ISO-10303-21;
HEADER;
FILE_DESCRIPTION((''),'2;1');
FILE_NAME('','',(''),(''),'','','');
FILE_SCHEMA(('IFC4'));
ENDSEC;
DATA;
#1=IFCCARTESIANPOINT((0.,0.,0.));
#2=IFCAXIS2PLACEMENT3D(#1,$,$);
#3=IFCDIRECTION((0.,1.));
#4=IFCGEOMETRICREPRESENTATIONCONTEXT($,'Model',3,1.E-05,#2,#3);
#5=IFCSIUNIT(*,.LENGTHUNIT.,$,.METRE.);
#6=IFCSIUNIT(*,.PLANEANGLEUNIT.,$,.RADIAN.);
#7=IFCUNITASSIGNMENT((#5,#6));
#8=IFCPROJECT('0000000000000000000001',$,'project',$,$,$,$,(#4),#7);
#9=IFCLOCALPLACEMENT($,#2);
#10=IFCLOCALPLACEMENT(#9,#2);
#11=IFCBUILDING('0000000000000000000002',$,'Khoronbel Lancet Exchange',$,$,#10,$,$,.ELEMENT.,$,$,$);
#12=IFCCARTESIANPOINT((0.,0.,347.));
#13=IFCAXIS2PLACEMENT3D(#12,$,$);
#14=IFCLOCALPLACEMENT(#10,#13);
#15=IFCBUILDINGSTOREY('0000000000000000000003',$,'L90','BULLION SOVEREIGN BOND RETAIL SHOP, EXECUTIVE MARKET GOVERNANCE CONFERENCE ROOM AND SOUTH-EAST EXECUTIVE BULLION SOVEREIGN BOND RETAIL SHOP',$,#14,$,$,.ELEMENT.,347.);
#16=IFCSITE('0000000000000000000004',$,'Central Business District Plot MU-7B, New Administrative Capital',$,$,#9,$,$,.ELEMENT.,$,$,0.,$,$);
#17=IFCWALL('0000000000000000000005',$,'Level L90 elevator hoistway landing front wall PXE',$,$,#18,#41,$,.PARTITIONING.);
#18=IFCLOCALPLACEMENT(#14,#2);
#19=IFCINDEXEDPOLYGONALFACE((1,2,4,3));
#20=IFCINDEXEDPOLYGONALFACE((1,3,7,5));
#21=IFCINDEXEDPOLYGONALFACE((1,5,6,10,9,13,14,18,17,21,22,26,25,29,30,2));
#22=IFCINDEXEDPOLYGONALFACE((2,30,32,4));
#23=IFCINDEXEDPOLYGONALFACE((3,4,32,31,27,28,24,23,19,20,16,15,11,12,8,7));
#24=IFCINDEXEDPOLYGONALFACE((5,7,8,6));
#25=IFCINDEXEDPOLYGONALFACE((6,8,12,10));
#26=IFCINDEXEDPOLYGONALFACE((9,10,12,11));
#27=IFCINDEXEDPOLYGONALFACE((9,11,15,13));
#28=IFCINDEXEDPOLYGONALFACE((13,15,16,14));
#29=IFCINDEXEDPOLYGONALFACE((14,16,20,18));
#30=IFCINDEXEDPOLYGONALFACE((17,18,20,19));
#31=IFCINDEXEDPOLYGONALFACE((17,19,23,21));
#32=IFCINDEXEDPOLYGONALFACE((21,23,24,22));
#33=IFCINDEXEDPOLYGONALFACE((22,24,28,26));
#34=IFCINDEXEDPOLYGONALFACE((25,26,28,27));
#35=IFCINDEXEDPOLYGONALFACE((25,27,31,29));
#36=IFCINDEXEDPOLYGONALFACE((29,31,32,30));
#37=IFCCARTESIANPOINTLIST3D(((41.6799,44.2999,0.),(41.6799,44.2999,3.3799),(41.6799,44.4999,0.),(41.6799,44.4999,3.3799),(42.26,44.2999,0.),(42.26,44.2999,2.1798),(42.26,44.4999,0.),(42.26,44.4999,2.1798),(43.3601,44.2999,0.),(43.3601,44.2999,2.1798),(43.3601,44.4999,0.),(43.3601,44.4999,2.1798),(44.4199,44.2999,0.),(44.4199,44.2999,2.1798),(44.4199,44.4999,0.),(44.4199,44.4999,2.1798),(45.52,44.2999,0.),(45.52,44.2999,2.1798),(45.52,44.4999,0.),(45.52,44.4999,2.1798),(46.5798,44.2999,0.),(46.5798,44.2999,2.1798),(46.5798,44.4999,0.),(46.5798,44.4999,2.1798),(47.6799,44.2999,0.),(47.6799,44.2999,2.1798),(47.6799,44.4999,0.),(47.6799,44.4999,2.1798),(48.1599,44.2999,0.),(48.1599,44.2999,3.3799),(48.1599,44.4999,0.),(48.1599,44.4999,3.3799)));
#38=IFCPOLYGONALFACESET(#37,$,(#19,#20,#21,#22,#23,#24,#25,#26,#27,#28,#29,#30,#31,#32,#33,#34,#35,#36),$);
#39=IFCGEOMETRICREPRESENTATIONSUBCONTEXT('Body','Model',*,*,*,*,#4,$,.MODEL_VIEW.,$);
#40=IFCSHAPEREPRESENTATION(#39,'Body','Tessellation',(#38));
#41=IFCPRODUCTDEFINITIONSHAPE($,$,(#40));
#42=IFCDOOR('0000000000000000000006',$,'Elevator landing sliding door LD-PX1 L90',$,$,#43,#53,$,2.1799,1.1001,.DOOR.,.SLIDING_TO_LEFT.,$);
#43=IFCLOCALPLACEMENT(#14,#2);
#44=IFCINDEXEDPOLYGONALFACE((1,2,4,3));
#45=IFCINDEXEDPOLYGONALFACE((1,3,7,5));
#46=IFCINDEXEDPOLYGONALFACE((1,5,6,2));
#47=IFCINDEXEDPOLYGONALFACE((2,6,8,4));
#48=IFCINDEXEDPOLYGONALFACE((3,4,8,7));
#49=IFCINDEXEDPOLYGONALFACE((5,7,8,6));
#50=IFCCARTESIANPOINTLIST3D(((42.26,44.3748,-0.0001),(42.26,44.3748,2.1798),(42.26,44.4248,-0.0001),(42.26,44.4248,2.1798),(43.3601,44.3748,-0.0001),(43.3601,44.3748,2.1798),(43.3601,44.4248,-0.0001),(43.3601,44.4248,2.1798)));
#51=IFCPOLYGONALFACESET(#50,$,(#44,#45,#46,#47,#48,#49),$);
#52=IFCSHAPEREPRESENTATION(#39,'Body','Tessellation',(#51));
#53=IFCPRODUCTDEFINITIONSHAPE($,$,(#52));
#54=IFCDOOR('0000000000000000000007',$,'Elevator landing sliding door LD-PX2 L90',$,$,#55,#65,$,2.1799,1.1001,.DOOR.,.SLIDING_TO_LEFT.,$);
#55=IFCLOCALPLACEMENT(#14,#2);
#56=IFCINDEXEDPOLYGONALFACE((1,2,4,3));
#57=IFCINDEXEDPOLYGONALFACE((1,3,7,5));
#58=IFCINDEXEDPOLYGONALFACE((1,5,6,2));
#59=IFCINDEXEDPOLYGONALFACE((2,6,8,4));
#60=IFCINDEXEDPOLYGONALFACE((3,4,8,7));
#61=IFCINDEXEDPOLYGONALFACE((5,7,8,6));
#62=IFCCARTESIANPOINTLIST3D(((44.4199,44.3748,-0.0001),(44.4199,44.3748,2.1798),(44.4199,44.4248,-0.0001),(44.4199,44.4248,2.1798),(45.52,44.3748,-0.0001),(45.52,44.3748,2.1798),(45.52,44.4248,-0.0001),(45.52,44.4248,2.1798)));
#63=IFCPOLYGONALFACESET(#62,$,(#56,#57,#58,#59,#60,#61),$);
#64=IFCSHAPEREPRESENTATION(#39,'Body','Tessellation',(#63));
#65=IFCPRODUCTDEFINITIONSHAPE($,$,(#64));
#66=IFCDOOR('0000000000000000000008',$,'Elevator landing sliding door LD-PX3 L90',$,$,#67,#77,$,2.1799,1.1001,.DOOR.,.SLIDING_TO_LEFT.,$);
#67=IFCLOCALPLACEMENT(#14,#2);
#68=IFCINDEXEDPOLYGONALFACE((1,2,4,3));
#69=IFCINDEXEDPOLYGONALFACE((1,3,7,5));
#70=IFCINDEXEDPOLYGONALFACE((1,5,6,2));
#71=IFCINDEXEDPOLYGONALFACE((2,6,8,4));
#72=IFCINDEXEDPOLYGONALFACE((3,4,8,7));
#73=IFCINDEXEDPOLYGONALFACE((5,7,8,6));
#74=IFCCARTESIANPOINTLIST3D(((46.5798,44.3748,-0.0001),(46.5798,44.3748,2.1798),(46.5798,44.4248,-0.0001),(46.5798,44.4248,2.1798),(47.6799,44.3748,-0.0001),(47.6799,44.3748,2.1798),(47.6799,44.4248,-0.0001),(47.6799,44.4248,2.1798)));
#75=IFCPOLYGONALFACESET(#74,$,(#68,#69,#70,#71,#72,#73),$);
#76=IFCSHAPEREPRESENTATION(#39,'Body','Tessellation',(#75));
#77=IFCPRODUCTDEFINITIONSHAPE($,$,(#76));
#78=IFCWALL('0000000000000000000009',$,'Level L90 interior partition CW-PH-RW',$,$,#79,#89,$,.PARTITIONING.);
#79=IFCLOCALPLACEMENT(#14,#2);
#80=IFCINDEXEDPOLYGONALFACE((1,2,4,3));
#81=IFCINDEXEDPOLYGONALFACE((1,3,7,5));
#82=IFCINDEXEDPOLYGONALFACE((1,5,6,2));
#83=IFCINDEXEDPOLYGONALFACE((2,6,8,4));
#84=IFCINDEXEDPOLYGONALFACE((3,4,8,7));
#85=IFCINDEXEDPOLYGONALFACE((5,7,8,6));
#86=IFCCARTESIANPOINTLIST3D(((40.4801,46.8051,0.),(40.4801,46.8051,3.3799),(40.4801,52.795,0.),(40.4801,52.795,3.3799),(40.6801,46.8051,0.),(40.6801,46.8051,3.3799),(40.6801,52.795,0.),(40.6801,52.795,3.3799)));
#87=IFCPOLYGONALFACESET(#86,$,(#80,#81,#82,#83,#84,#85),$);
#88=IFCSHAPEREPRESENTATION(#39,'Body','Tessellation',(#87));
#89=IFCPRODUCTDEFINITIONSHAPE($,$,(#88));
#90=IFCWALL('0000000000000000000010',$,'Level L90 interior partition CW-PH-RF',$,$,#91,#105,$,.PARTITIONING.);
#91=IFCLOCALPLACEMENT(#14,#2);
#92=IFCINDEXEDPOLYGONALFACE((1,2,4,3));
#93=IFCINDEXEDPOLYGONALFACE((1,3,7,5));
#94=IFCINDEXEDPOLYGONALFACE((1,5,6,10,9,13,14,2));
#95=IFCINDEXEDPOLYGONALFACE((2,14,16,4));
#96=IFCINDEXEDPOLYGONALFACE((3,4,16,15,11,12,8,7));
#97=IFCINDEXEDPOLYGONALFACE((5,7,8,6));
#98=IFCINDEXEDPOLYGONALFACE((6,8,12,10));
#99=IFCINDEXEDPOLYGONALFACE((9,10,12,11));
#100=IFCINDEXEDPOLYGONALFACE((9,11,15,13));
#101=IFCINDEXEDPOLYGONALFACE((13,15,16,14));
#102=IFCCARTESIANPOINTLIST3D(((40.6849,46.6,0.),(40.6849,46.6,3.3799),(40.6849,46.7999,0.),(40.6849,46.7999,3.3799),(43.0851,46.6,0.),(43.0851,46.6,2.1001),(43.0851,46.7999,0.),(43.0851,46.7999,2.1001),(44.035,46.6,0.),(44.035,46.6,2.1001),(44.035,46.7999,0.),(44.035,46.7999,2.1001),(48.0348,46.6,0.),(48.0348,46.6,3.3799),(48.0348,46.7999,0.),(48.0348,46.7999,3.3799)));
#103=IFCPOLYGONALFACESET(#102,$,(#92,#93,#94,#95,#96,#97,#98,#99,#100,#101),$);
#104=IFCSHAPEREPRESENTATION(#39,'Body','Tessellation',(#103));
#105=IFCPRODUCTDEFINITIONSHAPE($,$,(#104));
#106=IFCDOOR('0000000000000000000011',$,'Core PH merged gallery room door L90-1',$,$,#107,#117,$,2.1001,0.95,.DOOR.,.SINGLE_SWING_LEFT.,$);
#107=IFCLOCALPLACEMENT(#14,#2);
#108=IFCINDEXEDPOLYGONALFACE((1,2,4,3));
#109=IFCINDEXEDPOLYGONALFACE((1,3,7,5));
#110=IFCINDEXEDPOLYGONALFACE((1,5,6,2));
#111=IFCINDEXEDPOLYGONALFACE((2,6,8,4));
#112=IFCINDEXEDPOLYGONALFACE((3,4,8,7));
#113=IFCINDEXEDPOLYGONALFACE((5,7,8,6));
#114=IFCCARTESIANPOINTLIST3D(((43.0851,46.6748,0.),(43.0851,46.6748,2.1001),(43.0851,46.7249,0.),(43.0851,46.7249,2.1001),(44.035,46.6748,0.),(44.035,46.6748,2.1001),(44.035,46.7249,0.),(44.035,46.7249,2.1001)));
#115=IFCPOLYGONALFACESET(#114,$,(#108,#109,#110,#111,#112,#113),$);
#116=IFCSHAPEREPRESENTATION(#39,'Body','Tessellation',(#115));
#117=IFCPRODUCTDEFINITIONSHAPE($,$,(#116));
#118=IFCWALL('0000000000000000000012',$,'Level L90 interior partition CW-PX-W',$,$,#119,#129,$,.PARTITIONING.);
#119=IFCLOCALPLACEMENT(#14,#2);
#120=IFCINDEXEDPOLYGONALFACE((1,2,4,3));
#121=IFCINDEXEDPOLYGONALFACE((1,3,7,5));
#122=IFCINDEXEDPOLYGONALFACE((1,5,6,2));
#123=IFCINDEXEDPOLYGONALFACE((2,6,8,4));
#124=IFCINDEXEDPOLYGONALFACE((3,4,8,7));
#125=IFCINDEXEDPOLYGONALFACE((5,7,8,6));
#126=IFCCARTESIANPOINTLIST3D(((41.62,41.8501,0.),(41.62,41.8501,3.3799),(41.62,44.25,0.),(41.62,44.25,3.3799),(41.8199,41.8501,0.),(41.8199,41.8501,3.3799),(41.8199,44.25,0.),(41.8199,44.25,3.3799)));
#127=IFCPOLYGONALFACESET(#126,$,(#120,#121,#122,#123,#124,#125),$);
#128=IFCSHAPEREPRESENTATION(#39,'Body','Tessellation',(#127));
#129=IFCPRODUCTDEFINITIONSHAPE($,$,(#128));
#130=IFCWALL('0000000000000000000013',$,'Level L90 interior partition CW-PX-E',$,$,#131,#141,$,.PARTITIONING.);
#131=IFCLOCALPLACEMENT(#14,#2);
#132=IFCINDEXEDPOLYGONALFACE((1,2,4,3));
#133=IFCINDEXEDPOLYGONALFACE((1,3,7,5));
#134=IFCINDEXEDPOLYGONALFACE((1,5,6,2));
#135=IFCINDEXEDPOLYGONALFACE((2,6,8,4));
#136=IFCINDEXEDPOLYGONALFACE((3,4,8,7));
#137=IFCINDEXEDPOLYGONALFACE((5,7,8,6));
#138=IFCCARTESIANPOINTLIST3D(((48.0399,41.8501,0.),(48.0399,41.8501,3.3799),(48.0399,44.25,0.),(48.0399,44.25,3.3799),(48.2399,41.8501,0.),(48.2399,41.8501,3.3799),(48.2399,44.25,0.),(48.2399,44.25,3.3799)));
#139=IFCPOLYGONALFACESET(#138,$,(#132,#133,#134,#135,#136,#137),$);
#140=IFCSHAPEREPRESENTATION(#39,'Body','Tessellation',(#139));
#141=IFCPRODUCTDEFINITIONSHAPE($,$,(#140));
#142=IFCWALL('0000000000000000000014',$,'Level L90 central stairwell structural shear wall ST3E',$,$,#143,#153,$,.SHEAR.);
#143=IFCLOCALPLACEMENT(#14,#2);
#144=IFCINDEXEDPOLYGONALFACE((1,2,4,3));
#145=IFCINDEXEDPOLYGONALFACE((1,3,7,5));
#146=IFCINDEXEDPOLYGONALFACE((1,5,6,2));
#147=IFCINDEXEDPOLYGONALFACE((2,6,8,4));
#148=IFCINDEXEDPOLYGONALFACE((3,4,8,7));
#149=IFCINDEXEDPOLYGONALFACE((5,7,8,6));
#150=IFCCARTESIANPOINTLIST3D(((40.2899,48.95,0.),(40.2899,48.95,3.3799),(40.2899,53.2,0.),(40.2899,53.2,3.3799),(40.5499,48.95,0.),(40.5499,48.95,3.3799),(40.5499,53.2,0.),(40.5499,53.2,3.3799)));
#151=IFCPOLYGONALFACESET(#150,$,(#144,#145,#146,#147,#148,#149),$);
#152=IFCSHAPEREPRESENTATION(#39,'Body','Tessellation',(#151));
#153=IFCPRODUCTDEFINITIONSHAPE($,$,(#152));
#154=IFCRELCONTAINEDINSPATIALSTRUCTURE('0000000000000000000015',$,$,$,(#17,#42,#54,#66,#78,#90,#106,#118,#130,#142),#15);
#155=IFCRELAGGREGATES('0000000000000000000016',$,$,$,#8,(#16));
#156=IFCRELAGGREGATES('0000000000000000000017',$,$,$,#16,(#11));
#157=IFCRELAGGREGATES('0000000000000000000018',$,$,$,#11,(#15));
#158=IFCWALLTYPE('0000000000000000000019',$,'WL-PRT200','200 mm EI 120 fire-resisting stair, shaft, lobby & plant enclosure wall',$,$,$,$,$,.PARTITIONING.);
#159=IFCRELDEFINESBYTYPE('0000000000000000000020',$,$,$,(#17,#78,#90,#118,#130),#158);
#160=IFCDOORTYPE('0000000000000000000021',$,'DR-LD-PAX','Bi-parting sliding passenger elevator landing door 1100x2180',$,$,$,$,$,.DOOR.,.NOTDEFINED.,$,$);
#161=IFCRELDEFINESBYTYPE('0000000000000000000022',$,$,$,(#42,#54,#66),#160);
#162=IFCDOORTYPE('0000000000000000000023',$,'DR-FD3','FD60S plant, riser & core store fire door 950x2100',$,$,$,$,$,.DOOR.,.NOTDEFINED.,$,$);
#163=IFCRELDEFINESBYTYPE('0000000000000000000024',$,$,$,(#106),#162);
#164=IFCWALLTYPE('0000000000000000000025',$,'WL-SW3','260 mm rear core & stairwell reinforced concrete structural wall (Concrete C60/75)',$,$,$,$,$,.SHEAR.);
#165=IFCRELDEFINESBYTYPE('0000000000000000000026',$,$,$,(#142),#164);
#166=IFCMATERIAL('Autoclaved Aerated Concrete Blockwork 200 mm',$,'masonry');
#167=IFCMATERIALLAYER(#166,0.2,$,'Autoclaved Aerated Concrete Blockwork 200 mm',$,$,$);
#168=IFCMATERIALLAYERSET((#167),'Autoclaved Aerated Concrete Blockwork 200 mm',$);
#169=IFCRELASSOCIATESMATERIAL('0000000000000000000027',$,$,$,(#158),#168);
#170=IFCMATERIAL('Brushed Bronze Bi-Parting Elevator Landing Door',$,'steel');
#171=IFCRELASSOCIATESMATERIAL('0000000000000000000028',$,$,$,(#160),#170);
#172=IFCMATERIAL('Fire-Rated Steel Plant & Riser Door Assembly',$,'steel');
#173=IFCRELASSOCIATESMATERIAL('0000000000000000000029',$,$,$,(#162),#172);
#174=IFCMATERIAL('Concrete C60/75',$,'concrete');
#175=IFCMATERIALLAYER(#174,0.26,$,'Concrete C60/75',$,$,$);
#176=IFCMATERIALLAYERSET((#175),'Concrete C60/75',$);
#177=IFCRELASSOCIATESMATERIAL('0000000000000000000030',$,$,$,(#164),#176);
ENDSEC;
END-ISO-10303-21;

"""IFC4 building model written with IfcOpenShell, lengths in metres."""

from ifc_helpers import new_model, si_unit, direction, frame, frame_2d, origin, place, context, subcontext, project, spatial, rectangle, extrude, material, layer, layer_set, type_object, element, fill, save


model = new_model("IFC4")

# Units and contexts
model_context = context("Model", 3, precision=1e-05, world=origin(), true_north=direction((0.0, 1.0)))
body_context = subcontext(model_context, "Body", "Model", "MODEL_VIEW")
ifc_project = project(units=[si_unit("LENGTHUNIT", "METRE"), si_unit("PLANEANGLEUNIT", "RADIAN")], contexts=[model_context])

# Site, building, storey
site_placement = place(None, origin())
site = spatial("IfcSite", under=ifc_project, at=site_placement, Name="Central Business District Plot MU-7B, New Administrative Capital", CompositionType="ELEMENT", RefElevation=0.0)
building_placement = place(site_placement, origin())
building = spatial("IfcBuilding", under=site, at=building_placement, Name="Khoronbel Lancet Exchange", CompositionType="ELEMENT")
storey_placement = place(building_placement, frame((0.0, 0.0, 347.0)))
storey = spatial("IfcBuildingStorey", under=building, at=storey_placement, Name="L90", Description="BULLION SOVEREIGN BOND RETAIL SHOP, EXECUTIVE MARKET GOVERNANCE CONFERENCE ROOM AND SOUTH-EAST EXECUTIVE BULLION SOVEREIGN BOND RETAIL SHOP", CompositionType="ELEMENT", Elevation=347.0)

# Shared definitions
ifc_material_1 = material(Name="Concrete C60/75", Category="concrete")

# Wall, openings, doors
ifc_material_2 = material(Name="Autoclaved Aerated Concrete Blockwork 200 mm", Category="masonry")
ifc_layer_1 = layer(ifc_material_2, 0.2, Name="Autoclaved Aerated Concrete Blockwork 200 mm")
ifc_layer_set_1 = layer_set([ifc_layer_1], Name="Autoclaved Aerated Concrete Blockwork 200 mm")
wall_type_1 = type_object("IfcWallType", Name="WL-PRT200", Description="200 mm EI 120 fire-resisting stair, shaft, lobby & plant enclosure wall", PredefinedType="PARTITIONING", material=ifc_layer_set_1)
wall_1_placement = place(storey_placement, frame((41.6799, 44.3999, 0.0), z_axis=(0.0, 0.0, 1.0), x_axis=(1.0, 0.0, 0.0)))
wall_1 = element("IfcWall", 1, at=wall_1_placement, inside=storey, type_object=wall_type_1, Name="Level L90 elevator hoistway landing front wall PXE", PredefinedType="PARTITIONING", context=body_context, shape_type="SweptSolid", body=[
    extrude(rectangle(XDim=6.48, YDim=0.2, at=frame_2d((3.24, 0.0))), origin(), (0.0, 0.0, 1.0), 3.3799),
])
opening_1_placement = place(wall_1_placement, frame((0.5801, 0.0, 0.0)))
opening_1 = element("IfcOpeningElement", 2, at=opening_1_placement, cuts=wall_1, PredefinedType="OPENING", context=body_context, shape_type="SweptSolid", body=[
    extrude(rectangle(XDim=1.1001, YDim=2.1799, at=frame_2d((0.55, 1.0898))), frame((0.0, 0.1099, 0.0), z_axis=(0.0, -1.0, 0.0), x_axis=(1.0, 0.0, 0.0)), (0.0, 0.0, 1.0), 0.22),
])
opening_2_placement = place(wall_1_placement, frame((2.74, 0.0, 0.0)))
opening_2 = element("IfcOpeningElement", 3, at=opening_2_placement, cuts=wall_1, PredefinedType="OPENING", context=body_context, shape_type="SweptSolid", body=[
    extrude(rectangle(XDim=1.1001, YDim=2.1799, at=frame_2d((0.55, 1.0898))), frame((0.0, 0.1099, 0.0), z_axis=(0.0, -1.0, 0.0), x_axis=(1.0, 0.0, 0.0)), (0.0, 0.0, 1.0), 0.22),
])
opening_3_placement = place(wall_1_placement, frame((4.8999, 0.0, 0.0)))
opening_3 = element("IfcOpeningElement", 4, at=opening_3_placement, cuts=wall_1, PredefinedType="OPENING", context=body_context, shape_type="SweptSolid", body=[
    extrude(rectangle(XDim=1.1001, YDim=2.1799, at=frame_2d((0.55, 1.0898))), frame((0.0, 0.1099, 0.0), z_axis=(0.0, -1.0, 0.0), x_axis=(1.0, 0.0, 0.0)), (0.0, 0.0, 1.0), 0.22),
])
ifc_material_3 = material(Name="Brushed Bronze Bi-Parting Elevator Landing Door", Category="steel")
door_type_1 = type_object("IfcDoorType", Name="DR-LD-PAX", Description="Bi-parting sliding passenger elevator landing door 1100x2180", OperationType="NOTDEFINED", PredefinedType="DOOR", material=ifc_material_3)
door_1_placement = place(opening_1_placement, origin())
door_1 = element("IfcDoor", 5, at=door_1_placement, inside=storey, type_object=door_type_1, Name="Elevator landing sliding door LD-PX1 L90", OperationType="SLIDING_TO_LEFT", OverallHeight=2.1799, OverallWidth=1.1001, PredefinedType="DOOR", context=body_context, shape_type="SweptSolid", body=[
    extrude(rectangle(XDim=1.1001, YDim=2.1799, at=frame_2d((0.55, 1.0898))), frame((0.0, 0.0249, 0.0), z_axis=(0.0, -1.0, 0.0), x_axis=(1.0, 0.0, 0.0)), (0.0, 0.0, 1.0), 0.05),
])
fill(opening_1, door_1)
door_2_placement = place(opening_2_placement, origin())
door_2 = element("IfcDoor", 6, at=door_2_placement, inside=storey, type_object=door_type_1, Name="Elevator landing sliding door LD-PX2 L90", OperationType="SLIDING_TO_LEFT", OverallHeight=2.1799, OverallWidth=1.1001, PredefinedType="DOOR", context=body_context, shape_type="SweptSolid", body=[
    extrude(rectangle(XDim=1.1001, YDim=2.1799, at=frame_2d((0.55, 1.0898))), frame((0.0, 0.0249, 0.0), z_axis=(0.0, -1.0, 0.0), x_axis=(1.0, 0.0, 0.0)), (0.0, 0.0, 1.0), 0.05),
])
fill(opening_2, door_2)
door_3_placement = place(opening_3_placement, origin())
door_3 = element("IfcDoor", 7, at=door_3_placement, inside=storey, type_object=door_type_1, Name="Elevator landing sliding door LD-PX3 L90", OperationType="SLIDING_TO_LEFT", OverallHeight=2.1799, OverallWidth=1.1001, PredefinedType="DOOR", context=body_context, shape_type="SweptSolid", body=[
    extrude(rectangle(XDim=1.1001, YDim=2.1799, at=frame_2d((0.55, 1.0898))), frame((0.0, 0.0249, 0.0), z_axis=(0.0, -1.0, 0.0), x_axis=(1.0, 0.0, 0.0)), (0.0, 0.0, 1.0), 0.05),
])
fill(opening_3, door_3)

# Wall
wall_2_placement = place(storey_placement, frame((40.5801, 46.8049, 0.0), z_axis=(0.0, 0.0, 1.0), x_axis=(0.0, 1.0, 0.0)))
element("IfcWall", 8, at=wall_2_placement, inside=storey, type_object=wall_type_1, Name="Level L90 interior partition CW-PH-RW", PredefinedType="PARTITIONING", context=body_context, shape_type="SweptSolid", body=[
    extrude(rectangle(XDim=5.99, YDim=0.2, at=frame_2d((2.9951, 0.0))), origin(), (0.0, 0.0, 1.0), 3.3799),
])

# Wall, opening, door
wall_3_placement = place(storey_placement, frame((40.6851, 46.7, 0.0), z_axis=(0.0, 0.0, 1.0), x_axis=(1.0, 0.0, 0.0)))
wall_3 = element("IfcWall", 9, at=wall_3_placement, inside=storey, type_object=wall_type_1, Name="Level L90 interior partition CW-PH-RF", PredefinedType="PARTITIONING", context=body_context, shape_type="SweptSolid", body=[
    extrude(rectangle(XDim=7.3499, YDim=0.2, at=frame_2d((3.6748, 0.0))), origin(), (0.0, 0.0, 1.0), 3.3799),
])
opening_4_placement = place(wall_3_placement, frame((2.3999, 0.0, 0.0)))
opening_4 = element("IfcOpeningElement", 10, at=opening_4_placement, cuts=wall_3, PredefinedType="OPENING", context=body_context, shape_type="SweptSolid", body=[
    extrude(rectangle(XDim=0.95, YDim=2.1001, at=frame_2d((0.4751, 1.05))), frame((0.0, 0.1099, 0.0), z_axis=(0.0, -1.0, 0.0), x_axis=(1.0, 0.0, 0.0)), (0.0, 0.0, 1.0), 0.22),
])
ifc_material_4 = material(Name="Fire-Rated Steel Plant & Riser Door Assembly", Category="steel")
door_type_2 = type_object("IfcDoorType", Name="DR-FD3", Description="FD60S plant, riser & core store fire door 950x2100", OperationType="NOTDEFINED", PredefinedType="DOOR", material=ifc_material_4)
door_4_placement = place(opening_4_placement, origin())
door_4 = element("IfcDoor", 11, at=door_4_placement, inside=storey, type_object=door_type_2, Name="Core PH merged gallery room door L90-1", OperationType="SINGLE_SWING_LEFT", OverallHeight=2.1001, OverallWidth=0.95, PredefinedType="DOOR", context=body_context, shape_type="SweptSolid", body=[
    extrude(rectangle(XDim=0.95, YDim=2.1001, at=frame_2d((0.4751, 1.05))), frame((0.0, 0.0249, 0.0), z_axis=(0.0, -1.0, 0.0), x_axis=(1.0, 0.0, 0.0)), (0.0, 0.0, 1.0), 0.05),
])
fill(opening_4, door_4)

# Walls
for number, where, z_axis, x_axis, name in (
    (12, (41.72, 41.8501, 0.0), (0.0, 0.0, 1.0), (0.0, 1.0, 0.0), "Level L90 interior partition CW-PX-W"),
    (13, (48.1399, 41.8501, 0.0), (0.0, 0.0, 1.0), (0.0, 1.0, 0.0), "Level L90 interior partition CW-PX-E"),
):
    element("IfcWall", number, at=place(storey_placement, frame(where, z_axis=z_axis, x_axis=x_axis)), inside=storey, type_object=wall_type_1, Name=name, PredefinedType="PARTITIONING", context=body_context, shape_type="SweptSolid", body=[
        extrude(rectangle(XDim=2.3999, YDim=0.2, at=frame_2d((1.2, 0.0))), origin(), (0.0, 0.0, 1.0), 3.3799),
    ])
ifc_layer_2 = layer(ifc_material_1, 0.26, Name="Concrete C60/75")
ifc_layer_set_2 = layer_set([ifc_layer_2], Name="Concrete C60/75")
wall_type_2 = type_object("IfcWallType", Name="WL-SW3", Description="260 mm rear core & stairwell reinforced concrete structural wall (Concrete C60/75)", PredefinedType="SHEAR", material=ifc_layer_set_2)
wall_4_placement = place(storey_placement, frame((40.4199, 48.95, 0.0), z_axis=(0.0, 0.0, 1.0), x_axis=(0.0, 1.0, 0.0)))
element("IfcWall", 14, at=wall_4_placement, inside=storey, type_object=wall_type_2, Name="Level L90 central stairwell structural shear wall ST3E", PredefinedType="SHEAR", context=body_context, shape_type="SweptSolid", body=[
    extrude(rectangle(XDim=4.25, YDim=0.26, at=frame_2d((2.125, 0.0))), origin(), (0.0, 0.0, 1.0), 3.3799),
])

save(model, "model.ifc")
